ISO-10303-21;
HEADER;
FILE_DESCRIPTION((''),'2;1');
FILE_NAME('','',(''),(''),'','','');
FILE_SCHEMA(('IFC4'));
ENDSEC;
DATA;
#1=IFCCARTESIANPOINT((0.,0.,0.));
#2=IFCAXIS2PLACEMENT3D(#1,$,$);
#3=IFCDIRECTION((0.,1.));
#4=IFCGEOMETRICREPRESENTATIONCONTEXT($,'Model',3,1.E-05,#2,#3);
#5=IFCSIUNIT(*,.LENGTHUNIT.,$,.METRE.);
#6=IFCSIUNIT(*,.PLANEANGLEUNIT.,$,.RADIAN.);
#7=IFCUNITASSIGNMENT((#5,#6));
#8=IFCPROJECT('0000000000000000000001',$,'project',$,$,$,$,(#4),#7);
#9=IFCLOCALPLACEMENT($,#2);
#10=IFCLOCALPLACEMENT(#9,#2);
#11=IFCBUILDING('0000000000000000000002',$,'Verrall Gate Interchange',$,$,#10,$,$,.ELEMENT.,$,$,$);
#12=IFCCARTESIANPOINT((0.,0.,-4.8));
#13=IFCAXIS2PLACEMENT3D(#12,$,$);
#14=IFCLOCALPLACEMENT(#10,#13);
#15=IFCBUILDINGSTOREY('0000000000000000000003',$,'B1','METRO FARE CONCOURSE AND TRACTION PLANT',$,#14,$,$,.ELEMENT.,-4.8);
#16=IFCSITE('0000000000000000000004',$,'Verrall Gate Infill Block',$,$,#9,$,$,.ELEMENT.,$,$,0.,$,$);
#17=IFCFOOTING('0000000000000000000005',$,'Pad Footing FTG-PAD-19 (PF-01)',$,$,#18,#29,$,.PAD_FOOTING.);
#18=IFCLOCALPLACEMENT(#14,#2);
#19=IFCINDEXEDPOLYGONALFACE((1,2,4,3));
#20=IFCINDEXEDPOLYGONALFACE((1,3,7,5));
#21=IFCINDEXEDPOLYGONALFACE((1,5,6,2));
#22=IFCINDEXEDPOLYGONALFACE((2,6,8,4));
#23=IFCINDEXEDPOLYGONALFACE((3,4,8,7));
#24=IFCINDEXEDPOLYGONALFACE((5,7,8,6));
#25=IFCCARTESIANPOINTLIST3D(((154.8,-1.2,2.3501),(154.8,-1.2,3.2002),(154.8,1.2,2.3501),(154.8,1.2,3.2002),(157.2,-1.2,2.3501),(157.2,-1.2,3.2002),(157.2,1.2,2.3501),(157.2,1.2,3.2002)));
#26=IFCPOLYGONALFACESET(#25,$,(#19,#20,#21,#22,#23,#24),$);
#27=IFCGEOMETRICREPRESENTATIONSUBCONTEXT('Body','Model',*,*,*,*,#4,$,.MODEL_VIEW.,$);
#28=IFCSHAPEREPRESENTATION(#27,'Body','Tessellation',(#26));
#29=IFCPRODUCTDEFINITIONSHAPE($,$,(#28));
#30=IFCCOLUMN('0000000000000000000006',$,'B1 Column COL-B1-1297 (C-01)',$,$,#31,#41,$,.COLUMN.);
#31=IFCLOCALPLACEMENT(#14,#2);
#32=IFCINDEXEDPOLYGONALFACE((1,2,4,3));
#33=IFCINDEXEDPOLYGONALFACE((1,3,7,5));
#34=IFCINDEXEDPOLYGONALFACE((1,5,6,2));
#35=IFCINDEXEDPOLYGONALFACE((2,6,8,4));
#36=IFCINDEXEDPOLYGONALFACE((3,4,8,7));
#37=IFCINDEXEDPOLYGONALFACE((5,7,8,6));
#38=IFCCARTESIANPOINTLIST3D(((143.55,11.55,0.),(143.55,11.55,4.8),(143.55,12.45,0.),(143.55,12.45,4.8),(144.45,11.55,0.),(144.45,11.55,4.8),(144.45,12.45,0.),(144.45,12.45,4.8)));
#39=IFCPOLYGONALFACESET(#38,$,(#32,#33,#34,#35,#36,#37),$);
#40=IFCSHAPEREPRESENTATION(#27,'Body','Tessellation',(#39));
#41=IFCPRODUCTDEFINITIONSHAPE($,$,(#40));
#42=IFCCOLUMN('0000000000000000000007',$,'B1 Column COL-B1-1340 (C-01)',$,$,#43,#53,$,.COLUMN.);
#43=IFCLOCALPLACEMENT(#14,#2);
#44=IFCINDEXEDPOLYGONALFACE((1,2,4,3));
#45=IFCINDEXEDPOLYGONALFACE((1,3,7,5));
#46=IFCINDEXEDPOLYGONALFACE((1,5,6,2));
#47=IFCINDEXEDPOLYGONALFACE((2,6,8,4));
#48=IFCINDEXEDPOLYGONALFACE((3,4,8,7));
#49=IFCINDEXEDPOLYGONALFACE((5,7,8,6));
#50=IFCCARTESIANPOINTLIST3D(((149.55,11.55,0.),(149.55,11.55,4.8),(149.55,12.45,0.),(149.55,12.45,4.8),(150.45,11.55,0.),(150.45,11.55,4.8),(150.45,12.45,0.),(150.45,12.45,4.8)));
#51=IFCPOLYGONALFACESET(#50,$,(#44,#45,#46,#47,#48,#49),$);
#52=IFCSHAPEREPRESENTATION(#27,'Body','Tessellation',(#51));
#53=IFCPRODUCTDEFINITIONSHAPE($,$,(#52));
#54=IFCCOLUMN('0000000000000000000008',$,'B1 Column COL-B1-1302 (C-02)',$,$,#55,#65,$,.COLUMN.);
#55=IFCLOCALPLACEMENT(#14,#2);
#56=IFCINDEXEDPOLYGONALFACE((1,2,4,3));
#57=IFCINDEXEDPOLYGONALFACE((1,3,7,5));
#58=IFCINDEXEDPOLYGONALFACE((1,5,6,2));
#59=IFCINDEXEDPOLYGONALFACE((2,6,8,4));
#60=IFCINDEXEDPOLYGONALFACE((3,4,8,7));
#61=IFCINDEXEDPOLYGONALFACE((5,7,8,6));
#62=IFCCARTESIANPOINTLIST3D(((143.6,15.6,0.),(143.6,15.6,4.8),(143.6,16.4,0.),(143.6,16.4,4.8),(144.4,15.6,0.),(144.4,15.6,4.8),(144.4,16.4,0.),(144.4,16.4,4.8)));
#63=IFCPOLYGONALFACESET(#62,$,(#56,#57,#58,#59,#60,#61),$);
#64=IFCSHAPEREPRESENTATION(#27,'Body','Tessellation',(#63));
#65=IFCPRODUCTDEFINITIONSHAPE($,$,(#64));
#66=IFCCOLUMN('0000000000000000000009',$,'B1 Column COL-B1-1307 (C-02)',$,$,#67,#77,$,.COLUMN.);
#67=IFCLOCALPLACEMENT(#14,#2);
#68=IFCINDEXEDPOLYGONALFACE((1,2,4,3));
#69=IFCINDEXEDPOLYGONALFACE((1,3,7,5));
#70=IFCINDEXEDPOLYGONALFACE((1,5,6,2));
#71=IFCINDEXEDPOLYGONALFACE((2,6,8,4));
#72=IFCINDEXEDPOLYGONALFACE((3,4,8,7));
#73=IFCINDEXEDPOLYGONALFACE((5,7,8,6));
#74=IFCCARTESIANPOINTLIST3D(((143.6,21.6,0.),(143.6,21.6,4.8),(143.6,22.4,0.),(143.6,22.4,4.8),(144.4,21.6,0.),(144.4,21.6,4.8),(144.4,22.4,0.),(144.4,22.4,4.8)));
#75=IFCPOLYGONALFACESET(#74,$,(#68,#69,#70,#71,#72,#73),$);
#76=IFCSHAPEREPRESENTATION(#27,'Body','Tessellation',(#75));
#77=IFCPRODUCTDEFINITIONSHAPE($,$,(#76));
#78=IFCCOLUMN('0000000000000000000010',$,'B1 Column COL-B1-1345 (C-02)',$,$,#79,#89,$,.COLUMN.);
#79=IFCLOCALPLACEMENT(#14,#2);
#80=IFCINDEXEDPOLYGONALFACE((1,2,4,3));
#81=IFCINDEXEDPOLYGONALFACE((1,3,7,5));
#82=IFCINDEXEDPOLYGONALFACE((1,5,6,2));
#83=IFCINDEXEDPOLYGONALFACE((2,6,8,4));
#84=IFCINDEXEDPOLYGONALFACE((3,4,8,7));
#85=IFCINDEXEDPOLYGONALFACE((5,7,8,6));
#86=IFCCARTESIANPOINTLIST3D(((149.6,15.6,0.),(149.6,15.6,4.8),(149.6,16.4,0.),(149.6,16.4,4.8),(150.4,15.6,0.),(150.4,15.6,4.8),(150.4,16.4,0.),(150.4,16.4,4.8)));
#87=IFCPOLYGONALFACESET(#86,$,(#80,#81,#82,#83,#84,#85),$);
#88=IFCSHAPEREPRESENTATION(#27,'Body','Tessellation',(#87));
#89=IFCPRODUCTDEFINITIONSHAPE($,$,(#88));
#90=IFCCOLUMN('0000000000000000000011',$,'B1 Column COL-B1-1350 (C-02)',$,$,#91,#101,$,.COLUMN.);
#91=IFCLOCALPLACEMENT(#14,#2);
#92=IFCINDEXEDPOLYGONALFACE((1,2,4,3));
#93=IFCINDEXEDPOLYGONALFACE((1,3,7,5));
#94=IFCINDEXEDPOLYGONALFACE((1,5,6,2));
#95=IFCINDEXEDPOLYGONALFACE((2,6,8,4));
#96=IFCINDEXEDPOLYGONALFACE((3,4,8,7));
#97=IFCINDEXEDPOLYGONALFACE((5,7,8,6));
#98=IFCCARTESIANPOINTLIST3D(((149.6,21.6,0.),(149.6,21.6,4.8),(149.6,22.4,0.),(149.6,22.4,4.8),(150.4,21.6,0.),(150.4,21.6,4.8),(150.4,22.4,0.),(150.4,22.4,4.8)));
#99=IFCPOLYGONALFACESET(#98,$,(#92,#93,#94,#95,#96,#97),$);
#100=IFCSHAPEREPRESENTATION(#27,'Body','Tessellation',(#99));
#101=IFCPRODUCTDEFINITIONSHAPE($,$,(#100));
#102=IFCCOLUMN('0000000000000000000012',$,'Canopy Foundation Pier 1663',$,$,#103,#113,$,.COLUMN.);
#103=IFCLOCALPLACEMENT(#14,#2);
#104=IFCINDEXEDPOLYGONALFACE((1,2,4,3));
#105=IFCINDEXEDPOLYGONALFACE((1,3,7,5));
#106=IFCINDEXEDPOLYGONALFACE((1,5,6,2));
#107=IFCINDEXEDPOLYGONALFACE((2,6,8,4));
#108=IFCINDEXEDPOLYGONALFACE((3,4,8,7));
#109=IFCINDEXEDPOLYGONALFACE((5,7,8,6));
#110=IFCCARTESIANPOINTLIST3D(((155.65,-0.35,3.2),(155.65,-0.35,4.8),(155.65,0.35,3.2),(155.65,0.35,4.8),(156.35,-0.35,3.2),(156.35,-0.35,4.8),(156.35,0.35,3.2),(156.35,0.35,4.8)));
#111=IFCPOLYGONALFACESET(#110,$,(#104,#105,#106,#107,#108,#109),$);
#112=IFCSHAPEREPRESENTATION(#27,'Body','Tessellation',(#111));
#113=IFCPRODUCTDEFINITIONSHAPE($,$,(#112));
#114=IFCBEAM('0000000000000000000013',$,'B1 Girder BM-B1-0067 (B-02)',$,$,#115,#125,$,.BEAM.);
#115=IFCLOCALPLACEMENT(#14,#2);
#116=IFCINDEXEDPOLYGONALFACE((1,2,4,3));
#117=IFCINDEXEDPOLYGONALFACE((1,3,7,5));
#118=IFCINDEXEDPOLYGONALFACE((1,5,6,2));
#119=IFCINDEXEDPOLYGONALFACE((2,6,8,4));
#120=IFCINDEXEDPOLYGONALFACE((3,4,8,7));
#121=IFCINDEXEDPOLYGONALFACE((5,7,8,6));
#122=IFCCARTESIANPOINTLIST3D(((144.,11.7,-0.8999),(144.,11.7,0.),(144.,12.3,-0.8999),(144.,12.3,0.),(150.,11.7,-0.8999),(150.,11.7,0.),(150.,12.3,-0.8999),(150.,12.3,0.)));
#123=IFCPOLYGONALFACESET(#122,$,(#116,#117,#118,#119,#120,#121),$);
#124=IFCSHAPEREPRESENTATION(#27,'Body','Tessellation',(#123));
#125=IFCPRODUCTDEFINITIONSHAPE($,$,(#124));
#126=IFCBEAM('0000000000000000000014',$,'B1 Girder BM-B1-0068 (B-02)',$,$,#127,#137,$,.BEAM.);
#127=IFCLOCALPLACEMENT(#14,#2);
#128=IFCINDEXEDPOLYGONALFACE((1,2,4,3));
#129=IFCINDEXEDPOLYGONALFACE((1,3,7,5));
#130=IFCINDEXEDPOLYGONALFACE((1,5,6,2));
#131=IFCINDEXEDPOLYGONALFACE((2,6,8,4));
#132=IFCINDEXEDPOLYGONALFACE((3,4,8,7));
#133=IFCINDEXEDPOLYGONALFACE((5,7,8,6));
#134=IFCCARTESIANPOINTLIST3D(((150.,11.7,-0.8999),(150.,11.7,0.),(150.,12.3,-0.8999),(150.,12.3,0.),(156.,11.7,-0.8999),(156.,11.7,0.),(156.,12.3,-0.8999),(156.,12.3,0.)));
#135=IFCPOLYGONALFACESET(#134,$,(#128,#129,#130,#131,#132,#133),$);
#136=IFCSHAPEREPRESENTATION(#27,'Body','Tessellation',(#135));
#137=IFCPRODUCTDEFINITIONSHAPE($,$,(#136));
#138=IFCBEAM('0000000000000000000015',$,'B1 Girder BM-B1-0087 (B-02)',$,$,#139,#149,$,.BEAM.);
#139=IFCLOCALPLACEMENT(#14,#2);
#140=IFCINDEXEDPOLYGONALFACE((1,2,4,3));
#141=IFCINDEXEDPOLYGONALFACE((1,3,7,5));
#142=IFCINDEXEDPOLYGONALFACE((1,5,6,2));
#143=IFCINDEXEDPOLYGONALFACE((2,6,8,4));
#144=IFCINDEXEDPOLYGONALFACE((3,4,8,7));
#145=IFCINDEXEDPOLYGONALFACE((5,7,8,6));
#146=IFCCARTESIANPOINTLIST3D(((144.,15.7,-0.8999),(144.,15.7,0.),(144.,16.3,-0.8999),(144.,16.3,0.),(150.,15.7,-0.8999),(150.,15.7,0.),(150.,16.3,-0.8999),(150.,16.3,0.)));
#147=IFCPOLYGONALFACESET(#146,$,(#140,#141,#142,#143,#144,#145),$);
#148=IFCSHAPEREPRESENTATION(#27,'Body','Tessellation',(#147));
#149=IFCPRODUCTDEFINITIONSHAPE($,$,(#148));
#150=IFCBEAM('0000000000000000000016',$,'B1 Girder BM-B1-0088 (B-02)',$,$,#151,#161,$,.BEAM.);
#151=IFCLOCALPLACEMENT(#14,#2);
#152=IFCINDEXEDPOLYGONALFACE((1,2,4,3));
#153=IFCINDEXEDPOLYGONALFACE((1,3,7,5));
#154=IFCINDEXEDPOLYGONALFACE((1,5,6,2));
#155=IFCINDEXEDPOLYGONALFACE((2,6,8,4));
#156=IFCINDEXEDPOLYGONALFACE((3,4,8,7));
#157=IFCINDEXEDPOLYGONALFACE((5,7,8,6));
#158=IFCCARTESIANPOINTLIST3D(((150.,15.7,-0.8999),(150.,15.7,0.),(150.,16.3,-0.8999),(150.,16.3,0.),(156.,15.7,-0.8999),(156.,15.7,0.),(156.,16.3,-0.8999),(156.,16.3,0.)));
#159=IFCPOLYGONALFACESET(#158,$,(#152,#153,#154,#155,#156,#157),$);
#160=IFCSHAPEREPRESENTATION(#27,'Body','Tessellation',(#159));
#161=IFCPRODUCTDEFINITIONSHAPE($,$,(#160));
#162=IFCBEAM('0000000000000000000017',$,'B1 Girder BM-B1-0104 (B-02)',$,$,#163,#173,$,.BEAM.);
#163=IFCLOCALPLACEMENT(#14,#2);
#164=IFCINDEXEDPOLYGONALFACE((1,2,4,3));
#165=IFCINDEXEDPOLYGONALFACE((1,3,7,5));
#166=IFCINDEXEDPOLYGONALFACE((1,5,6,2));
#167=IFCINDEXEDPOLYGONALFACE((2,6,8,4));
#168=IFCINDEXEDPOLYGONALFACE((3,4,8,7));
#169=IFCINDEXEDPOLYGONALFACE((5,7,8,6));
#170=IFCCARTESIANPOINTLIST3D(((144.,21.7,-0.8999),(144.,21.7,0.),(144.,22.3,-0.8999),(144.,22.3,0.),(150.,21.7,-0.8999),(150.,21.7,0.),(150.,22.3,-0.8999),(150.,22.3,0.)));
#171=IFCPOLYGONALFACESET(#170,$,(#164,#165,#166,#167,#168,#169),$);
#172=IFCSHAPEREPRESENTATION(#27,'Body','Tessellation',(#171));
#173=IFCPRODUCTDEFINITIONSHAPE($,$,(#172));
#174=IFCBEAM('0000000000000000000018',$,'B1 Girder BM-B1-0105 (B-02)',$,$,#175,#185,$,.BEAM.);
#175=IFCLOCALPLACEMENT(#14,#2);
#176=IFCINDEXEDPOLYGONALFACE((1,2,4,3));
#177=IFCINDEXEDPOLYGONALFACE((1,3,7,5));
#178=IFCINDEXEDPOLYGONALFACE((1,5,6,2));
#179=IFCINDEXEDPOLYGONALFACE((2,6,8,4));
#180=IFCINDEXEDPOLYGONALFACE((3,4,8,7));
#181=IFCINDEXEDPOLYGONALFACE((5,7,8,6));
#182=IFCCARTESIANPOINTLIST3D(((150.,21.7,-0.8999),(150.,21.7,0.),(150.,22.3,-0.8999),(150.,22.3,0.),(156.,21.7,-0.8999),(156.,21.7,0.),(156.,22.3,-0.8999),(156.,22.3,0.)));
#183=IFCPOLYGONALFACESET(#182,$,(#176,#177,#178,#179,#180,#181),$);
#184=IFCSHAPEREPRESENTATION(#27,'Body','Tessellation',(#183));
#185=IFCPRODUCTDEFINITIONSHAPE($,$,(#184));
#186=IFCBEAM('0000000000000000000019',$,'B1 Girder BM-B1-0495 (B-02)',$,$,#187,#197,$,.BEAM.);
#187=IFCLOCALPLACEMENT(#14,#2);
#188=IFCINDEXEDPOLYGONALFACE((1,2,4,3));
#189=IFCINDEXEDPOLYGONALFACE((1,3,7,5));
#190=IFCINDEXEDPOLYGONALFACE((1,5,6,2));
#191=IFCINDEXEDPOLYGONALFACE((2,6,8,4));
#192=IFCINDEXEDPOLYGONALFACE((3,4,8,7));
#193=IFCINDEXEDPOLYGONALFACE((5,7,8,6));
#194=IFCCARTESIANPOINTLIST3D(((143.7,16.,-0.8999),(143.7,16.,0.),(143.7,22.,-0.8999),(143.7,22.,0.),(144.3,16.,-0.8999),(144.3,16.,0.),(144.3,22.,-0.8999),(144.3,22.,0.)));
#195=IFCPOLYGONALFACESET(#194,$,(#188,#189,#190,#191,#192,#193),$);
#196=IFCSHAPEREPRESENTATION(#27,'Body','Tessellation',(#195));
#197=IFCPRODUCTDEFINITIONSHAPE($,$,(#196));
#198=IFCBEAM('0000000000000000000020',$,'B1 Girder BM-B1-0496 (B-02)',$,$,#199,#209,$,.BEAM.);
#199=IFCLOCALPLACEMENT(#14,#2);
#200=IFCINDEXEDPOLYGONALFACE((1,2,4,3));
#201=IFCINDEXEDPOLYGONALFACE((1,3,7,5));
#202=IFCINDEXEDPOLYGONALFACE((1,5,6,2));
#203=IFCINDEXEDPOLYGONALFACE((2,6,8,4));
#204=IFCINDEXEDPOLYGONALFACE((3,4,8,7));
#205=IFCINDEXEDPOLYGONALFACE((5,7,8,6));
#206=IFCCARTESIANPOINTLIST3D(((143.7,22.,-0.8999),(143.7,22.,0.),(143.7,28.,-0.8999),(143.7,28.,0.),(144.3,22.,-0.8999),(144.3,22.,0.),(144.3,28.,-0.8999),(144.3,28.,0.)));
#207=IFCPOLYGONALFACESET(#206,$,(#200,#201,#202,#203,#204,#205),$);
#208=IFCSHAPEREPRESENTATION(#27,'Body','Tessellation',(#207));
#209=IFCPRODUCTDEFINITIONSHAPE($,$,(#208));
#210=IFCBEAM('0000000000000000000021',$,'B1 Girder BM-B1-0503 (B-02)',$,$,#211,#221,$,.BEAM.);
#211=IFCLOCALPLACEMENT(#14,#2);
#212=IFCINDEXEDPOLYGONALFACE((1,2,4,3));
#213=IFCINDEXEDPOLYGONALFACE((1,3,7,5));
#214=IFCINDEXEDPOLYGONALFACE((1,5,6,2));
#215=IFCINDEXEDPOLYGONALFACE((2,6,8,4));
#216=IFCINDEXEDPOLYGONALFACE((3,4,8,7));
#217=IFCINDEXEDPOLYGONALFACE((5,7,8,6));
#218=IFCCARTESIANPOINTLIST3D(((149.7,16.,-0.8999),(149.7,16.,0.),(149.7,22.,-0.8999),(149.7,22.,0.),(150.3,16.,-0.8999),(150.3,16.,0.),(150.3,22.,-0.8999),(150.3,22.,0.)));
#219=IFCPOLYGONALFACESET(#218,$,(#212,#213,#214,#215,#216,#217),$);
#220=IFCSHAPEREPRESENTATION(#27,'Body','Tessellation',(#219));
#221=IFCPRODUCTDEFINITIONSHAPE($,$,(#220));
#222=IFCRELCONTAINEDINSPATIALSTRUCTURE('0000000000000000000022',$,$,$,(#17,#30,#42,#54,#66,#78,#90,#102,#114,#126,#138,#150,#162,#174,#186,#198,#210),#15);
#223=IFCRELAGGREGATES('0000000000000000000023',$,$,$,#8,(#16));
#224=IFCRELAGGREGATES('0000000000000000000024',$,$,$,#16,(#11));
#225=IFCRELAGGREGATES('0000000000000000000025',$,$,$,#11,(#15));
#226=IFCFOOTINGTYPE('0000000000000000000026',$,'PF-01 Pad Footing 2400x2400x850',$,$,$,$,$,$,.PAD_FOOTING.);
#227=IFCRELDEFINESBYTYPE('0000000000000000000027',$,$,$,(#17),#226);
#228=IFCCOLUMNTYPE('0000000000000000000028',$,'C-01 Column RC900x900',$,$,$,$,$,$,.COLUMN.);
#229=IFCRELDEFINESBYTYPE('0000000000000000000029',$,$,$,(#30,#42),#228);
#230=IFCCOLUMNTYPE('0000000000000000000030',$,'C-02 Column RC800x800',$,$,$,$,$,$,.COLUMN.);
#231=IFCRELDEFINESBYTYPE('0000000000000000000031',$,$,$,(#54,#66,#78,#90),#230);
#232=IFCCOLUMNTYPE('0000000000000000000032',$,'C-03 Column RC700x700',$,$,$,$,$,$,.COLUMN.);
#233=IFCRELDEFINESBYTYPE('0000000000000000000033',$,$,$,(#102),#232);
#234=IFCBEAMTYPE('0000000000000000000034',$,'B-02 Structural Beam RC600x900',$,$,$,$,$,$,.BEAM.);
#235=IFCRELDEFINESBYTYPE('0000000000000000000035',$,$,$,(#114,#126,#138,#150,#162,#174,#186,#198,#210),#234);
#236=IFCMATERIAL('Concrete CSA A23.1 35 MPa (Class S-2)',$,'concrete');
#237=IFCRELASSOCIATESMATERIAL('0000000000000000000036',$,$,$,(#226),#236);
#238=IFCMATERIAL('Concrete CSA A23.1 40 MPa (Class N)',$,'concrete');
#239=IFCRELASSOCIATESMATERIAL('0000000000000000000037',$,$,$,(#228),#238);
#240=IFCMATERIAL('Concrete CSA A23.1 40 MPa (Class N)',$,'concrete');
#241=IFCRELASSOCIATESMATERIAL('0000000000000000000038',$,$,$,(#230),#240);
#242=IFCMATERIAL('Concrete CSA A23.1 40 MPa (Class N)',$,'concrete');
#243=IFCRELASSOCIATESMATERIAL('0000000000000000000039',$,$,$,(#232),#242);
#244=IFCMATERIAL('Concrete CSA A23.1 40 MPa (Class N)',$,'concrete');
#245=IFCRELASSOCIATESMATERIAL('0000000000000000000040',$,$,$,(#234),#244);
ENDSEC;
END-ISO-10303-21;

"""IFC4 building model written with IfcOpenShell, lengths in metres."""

from ifc_helpers import new_model, si_unit, direction, frame, origin, origin_2d, place, context, subcontext, project, spatial, rectangle, extrude, material, material_profile, profile_set, type_object, element, save


model = new_model("IFC4")

# Units and contexts
model_context = context("Model", 3, precision=1e-05, world=origin(), true_north=direction((0.0, 1.0)))
body_context = subcontext(model_context, "Body", "Model", "MODEL_VIEW")
ifc_project = project(units=[si_unit("LENGTHUNIT", "METRE"), si_unit("PLANEANGLEUNIT", "RADIAN")], contexts=[model_context])

# Site, building, storey
site_placement = place(None, origin())
site = spatial("IfcSite", under=ifc_project, at=site_placement, Name="Verrall Gate Infill Block", CompositionType="ELEMENT", RefElevation=0.0)
building_placement = place(site_placement, origin())
building = spatial("IfcBuilding", under=site, at=building_placement, Name="Verrall Gate Interchange", CompositionType="ELEMENT")
storey_placement = place(building_placement, frame((0.0, 0.0, -4.8)))
storey = spatial("IfcBuildingStorey", under=building, at=storey_placement, Name="B1", Description="METRO FARE CONCOURSE AND TRACTION PLANT", CompositionType="ELEMENT", Elevation=-4.8)

# Footing
ifc_material_1 = material(Name="Concrete CSA A23.1 35 MPa (Class S-2)", Category="concrete")
footing_type = type_object("IfcFootingType", Name="PF-01 Pad Footing 2400x2400x850", PredefinedType="PAD_FOOTING", material=ifc_material_1)
footing_placement = place(storey_placement, frame((156.0, 0.0, 2.3501), z_axis=(0.0, 0.0, 1.0), x_axis=(1.0, 0.0, 0.0)))
element("IfcFooting", 1, at=footing_placement, inside=storey, type_object=footing_type, Name="Pad Footing FTG-PAD-19 (PF-01)", PredefinedType="PAD_FOOTING", context=body_context, shape_type="SweptSolid", body=[
    extrude(rectangle(XDim=2.3999, YDim=2.3999, at=origin_2d()), origin(), (0.0, 0.0, 1.0), 0.8501),
])

# Columns
ifc_material_2 = material(Name="Concrete CSA A23.1 40 MPa (Class N)", Category="concrete")
ifc_material_profile_1 = material_profile(ifc_material_2, rectangle(XDim=0.8999, YDim=0.8999, at=origin_2d()), Name="RC900x900")
ifc_profile_set_1 = profile_set([ifc_material_profile_1], Name="Concrete CSA A23.1 40 MPa (Class N)")
column_type_1 = type_object("IfcColumnType", Name="C-01 Column RC900x900", PredefinedType="COLUMN", material=ifc_profile_set_1)
for number, where, z_axis, x_axis, name in (
    (2, (144.0, 12.0, 0.0), (0.0, 0.0, 1.0), (1.0, 0.0, 0.0), "B1 Column COL-B1-1297 (C-01)"),
    (3, (150.0, 12.0, 0.0), (0.0, 0.0, 1.0), (1.0, 0.0, 0.0), "B1 Column COL-B1-1340 (C-01)"),
):
    element("IfcColumn", number, at=place(storey_placement, frame(where, z_axis=z_axis, x_axis=x_axis)), inside=storey, type_object=column_type_1, Name=name, PredefinedType="COLUMN", context=body_context, shape_type="SweptSolid", body=[
        extrude(rectangle(XDim=0.8999, YDim=0.8999, at=origin_2d()), origin(), (0.0, 0.0, 1.0), 4.8),
    ])
ifc_material_3 = material(Name="Concrete CSA A23.1 40 MPa (Class N)", Category="concrete")
ifc_material_profile_2 = material_profile(ifc_material_3, rectangle(XDim=0.8, YDim=0.8, at=origin_2d()), Name="RC800x800")
ifc_profile_set_2 = profile_set([ifc_material_profile_2], Name="Concrete CSA A23.1 40 MPa (Class N)")
column_type_2 = type_object("IfcColumnType", Name="C-02 Column RC800x800", PredefinedType="COLUMN", material=ifc_profile_set_2)
for number, where, z_axis, x_axis, name in (
    (4, (144.0, 16.0, 0.0), (0.0, 0.0, 1.0), (1.0, 0.0, 0.0), "B1 Column COL-B1-1302 (C-02)"),
    (5, (144.0, 22.0, 0.0), (0.0, 0.0, 1.0), (1.0, 0.0, 0.0), "B1 Column COL-B1-1307 (C-02)"),
    (6, (150.0, 16.0, 0.0), (0.0, 0.0, 1.0), (1.0, 0.0, 0.0), "B1 Column COL-B1-1345 (C-02)"),
    (7, (150.0, 22.0, 0.0), (0.0, 0.0, 1.0), (1.0, 0.0, 0.0), "B1 Column COL-B1-1350 (C-02)"),
):
    element("IfcColumn", number, at=place(storey_placement, frame(where, z_axis=z_axis, x_axis=x_axis)), inside=storey, type_object=column_type_2, Name=name, PredefinedType="COLUMN", context=body_context, shape_type="SweptSolid", body=[
        extrude(rectangle(XDim=0.8, YDim=0.8, at=origin_2d()), origin(), (0.0, 0.0, 1.0), 4.8),
    ])
ifc_material_4 = material(Name="Concrete CSA A23.1 40 MPa (Class N)", Category="concrete")
ifc_material_profile_3 = material_profile(ifc_material_4, rectangle(XDim=0.7, YDim=0.7, at=origin_2d()), Name="RC700x700")
ifc_profile_set_3 = profile_set([ifc_material_profile_3], Name="Concrete CSA A23.1 40 MPa (Class N)")
column_type_3 = type_object("IfcColumnType", Name="C-03 Column RC700x700", PredefinedType="COLUMN", material=ifc_profile_set_3)
column_placement = place(storey_placement, frame((156.0, 0.0, 3.2), z_axis=(0.0, 0.0, 1.0), x_axis=(1.0, 0.0, 0.0)))
element("IfcColumn", 8, at=column_placement, inside=storey, type_object=column_type_3, Name="Canopy Foundation Pier 1663", PredefinedType="COLUMN", context=body_context, shape_type="SweptSolid", body=[
    extrude(rectangle(XDim=0.7, YDim=0.7, at=origin_2d()), origin(), (0.0, 0.0, 1.0), 1.6001),
])

# Beams
ifc_material_5 = material(Name="Concrete CSA A23.1 40 MPa (Class N)", Category="concrete")
ifc_material_profile_4 = material_profile(ifc_material_5, rectangle(XDim=0.6001, YDim=0.8999, at=origin_2d()), Name="RC600x900")
ifc_profile_set_4 = profile_set([ifc_material_profile_4], Name="Concrete CSA A23.1 40 MPa (Class N)")
beam_type_1 = type_object("IfcBeamType", Name="B-02 Structural Beam RC600x900", PredefinedType="BEAM", material=ifc_profile_set_4)
for number, where, z_axis, x_axis, name in (
    (9, (144.0, 12.0, -0.45), (1.0, 0.0, 0.0), (0.0, 1.0, 0.0), "B1 Girder BM-B1-0067 (B-02)"),
    (10, (150.0, 12.0, -0.45), (1.0, 0.0, 0.0), (0.0, 1.0, 0.0), "B1 Girder BM-B1-0068 (B-02)"),
    (11, (144.0, 16.0, -0.45), (1.0, 0.0, 0.0), (0.0, 1.0, 0.0), "B1 Girder BM-B1-0087 (B-02)"),
    (12, (150.0, 16.0, -0.45), (1.0, 0.0, 0.0), (0.0, 1.0, 0.0), "B1 Girder BM-B1-0088 (B-02)"),
    (13, (144.0, 22.0, -0.45), (1.0, 0.0, 0.0), (0.0, 1.0, 0.0), "B1 Girder BM-B1-0104 (B-02)"),
    (14, (150.0, 22.0, -0.45), (1.0, 0.0, 0.0), (0.0, 1.0, 0.0), "B1 Girder BM-B1-0105 (B-02)"),
    (15, (144.0, 16.0, -0.45), (0.0, 1.0, 0.0), (-1.0, 0.0, 0.0), "B1 Girder BM-B1-0495 (B-02)"),
    (16, (144.0, 22.0, -0.45), (0.0, 1.0, 0.0), (-1.0, 0.0, 0.0), "B1 Girder BM-B1-0496 (B-02)"),
    (17, (150.0, 16.0, -0.45), (0.0, 1.0, 0.0), (-1.0, 0.0, 0.0), "B1 Girder BM-B1-0503 (B-02)"),
):
    element("IfcBeam", number, at=place(storey_placement, frame(where, z_axis=z_axis, x_axis=x_axis)), inside=storey, type_object=beam_type_1, Name=name, PredefinedType="BEAM", context=body_context, shape_type="SweptSolid", body=[
        extrude(rectangle(XDim=0.6001, YDim=0.8999, at=origin_2d()), origin(), (0.0, 0.0, 1.0), 6.0),
    ])

save(model, "model.ifc")
